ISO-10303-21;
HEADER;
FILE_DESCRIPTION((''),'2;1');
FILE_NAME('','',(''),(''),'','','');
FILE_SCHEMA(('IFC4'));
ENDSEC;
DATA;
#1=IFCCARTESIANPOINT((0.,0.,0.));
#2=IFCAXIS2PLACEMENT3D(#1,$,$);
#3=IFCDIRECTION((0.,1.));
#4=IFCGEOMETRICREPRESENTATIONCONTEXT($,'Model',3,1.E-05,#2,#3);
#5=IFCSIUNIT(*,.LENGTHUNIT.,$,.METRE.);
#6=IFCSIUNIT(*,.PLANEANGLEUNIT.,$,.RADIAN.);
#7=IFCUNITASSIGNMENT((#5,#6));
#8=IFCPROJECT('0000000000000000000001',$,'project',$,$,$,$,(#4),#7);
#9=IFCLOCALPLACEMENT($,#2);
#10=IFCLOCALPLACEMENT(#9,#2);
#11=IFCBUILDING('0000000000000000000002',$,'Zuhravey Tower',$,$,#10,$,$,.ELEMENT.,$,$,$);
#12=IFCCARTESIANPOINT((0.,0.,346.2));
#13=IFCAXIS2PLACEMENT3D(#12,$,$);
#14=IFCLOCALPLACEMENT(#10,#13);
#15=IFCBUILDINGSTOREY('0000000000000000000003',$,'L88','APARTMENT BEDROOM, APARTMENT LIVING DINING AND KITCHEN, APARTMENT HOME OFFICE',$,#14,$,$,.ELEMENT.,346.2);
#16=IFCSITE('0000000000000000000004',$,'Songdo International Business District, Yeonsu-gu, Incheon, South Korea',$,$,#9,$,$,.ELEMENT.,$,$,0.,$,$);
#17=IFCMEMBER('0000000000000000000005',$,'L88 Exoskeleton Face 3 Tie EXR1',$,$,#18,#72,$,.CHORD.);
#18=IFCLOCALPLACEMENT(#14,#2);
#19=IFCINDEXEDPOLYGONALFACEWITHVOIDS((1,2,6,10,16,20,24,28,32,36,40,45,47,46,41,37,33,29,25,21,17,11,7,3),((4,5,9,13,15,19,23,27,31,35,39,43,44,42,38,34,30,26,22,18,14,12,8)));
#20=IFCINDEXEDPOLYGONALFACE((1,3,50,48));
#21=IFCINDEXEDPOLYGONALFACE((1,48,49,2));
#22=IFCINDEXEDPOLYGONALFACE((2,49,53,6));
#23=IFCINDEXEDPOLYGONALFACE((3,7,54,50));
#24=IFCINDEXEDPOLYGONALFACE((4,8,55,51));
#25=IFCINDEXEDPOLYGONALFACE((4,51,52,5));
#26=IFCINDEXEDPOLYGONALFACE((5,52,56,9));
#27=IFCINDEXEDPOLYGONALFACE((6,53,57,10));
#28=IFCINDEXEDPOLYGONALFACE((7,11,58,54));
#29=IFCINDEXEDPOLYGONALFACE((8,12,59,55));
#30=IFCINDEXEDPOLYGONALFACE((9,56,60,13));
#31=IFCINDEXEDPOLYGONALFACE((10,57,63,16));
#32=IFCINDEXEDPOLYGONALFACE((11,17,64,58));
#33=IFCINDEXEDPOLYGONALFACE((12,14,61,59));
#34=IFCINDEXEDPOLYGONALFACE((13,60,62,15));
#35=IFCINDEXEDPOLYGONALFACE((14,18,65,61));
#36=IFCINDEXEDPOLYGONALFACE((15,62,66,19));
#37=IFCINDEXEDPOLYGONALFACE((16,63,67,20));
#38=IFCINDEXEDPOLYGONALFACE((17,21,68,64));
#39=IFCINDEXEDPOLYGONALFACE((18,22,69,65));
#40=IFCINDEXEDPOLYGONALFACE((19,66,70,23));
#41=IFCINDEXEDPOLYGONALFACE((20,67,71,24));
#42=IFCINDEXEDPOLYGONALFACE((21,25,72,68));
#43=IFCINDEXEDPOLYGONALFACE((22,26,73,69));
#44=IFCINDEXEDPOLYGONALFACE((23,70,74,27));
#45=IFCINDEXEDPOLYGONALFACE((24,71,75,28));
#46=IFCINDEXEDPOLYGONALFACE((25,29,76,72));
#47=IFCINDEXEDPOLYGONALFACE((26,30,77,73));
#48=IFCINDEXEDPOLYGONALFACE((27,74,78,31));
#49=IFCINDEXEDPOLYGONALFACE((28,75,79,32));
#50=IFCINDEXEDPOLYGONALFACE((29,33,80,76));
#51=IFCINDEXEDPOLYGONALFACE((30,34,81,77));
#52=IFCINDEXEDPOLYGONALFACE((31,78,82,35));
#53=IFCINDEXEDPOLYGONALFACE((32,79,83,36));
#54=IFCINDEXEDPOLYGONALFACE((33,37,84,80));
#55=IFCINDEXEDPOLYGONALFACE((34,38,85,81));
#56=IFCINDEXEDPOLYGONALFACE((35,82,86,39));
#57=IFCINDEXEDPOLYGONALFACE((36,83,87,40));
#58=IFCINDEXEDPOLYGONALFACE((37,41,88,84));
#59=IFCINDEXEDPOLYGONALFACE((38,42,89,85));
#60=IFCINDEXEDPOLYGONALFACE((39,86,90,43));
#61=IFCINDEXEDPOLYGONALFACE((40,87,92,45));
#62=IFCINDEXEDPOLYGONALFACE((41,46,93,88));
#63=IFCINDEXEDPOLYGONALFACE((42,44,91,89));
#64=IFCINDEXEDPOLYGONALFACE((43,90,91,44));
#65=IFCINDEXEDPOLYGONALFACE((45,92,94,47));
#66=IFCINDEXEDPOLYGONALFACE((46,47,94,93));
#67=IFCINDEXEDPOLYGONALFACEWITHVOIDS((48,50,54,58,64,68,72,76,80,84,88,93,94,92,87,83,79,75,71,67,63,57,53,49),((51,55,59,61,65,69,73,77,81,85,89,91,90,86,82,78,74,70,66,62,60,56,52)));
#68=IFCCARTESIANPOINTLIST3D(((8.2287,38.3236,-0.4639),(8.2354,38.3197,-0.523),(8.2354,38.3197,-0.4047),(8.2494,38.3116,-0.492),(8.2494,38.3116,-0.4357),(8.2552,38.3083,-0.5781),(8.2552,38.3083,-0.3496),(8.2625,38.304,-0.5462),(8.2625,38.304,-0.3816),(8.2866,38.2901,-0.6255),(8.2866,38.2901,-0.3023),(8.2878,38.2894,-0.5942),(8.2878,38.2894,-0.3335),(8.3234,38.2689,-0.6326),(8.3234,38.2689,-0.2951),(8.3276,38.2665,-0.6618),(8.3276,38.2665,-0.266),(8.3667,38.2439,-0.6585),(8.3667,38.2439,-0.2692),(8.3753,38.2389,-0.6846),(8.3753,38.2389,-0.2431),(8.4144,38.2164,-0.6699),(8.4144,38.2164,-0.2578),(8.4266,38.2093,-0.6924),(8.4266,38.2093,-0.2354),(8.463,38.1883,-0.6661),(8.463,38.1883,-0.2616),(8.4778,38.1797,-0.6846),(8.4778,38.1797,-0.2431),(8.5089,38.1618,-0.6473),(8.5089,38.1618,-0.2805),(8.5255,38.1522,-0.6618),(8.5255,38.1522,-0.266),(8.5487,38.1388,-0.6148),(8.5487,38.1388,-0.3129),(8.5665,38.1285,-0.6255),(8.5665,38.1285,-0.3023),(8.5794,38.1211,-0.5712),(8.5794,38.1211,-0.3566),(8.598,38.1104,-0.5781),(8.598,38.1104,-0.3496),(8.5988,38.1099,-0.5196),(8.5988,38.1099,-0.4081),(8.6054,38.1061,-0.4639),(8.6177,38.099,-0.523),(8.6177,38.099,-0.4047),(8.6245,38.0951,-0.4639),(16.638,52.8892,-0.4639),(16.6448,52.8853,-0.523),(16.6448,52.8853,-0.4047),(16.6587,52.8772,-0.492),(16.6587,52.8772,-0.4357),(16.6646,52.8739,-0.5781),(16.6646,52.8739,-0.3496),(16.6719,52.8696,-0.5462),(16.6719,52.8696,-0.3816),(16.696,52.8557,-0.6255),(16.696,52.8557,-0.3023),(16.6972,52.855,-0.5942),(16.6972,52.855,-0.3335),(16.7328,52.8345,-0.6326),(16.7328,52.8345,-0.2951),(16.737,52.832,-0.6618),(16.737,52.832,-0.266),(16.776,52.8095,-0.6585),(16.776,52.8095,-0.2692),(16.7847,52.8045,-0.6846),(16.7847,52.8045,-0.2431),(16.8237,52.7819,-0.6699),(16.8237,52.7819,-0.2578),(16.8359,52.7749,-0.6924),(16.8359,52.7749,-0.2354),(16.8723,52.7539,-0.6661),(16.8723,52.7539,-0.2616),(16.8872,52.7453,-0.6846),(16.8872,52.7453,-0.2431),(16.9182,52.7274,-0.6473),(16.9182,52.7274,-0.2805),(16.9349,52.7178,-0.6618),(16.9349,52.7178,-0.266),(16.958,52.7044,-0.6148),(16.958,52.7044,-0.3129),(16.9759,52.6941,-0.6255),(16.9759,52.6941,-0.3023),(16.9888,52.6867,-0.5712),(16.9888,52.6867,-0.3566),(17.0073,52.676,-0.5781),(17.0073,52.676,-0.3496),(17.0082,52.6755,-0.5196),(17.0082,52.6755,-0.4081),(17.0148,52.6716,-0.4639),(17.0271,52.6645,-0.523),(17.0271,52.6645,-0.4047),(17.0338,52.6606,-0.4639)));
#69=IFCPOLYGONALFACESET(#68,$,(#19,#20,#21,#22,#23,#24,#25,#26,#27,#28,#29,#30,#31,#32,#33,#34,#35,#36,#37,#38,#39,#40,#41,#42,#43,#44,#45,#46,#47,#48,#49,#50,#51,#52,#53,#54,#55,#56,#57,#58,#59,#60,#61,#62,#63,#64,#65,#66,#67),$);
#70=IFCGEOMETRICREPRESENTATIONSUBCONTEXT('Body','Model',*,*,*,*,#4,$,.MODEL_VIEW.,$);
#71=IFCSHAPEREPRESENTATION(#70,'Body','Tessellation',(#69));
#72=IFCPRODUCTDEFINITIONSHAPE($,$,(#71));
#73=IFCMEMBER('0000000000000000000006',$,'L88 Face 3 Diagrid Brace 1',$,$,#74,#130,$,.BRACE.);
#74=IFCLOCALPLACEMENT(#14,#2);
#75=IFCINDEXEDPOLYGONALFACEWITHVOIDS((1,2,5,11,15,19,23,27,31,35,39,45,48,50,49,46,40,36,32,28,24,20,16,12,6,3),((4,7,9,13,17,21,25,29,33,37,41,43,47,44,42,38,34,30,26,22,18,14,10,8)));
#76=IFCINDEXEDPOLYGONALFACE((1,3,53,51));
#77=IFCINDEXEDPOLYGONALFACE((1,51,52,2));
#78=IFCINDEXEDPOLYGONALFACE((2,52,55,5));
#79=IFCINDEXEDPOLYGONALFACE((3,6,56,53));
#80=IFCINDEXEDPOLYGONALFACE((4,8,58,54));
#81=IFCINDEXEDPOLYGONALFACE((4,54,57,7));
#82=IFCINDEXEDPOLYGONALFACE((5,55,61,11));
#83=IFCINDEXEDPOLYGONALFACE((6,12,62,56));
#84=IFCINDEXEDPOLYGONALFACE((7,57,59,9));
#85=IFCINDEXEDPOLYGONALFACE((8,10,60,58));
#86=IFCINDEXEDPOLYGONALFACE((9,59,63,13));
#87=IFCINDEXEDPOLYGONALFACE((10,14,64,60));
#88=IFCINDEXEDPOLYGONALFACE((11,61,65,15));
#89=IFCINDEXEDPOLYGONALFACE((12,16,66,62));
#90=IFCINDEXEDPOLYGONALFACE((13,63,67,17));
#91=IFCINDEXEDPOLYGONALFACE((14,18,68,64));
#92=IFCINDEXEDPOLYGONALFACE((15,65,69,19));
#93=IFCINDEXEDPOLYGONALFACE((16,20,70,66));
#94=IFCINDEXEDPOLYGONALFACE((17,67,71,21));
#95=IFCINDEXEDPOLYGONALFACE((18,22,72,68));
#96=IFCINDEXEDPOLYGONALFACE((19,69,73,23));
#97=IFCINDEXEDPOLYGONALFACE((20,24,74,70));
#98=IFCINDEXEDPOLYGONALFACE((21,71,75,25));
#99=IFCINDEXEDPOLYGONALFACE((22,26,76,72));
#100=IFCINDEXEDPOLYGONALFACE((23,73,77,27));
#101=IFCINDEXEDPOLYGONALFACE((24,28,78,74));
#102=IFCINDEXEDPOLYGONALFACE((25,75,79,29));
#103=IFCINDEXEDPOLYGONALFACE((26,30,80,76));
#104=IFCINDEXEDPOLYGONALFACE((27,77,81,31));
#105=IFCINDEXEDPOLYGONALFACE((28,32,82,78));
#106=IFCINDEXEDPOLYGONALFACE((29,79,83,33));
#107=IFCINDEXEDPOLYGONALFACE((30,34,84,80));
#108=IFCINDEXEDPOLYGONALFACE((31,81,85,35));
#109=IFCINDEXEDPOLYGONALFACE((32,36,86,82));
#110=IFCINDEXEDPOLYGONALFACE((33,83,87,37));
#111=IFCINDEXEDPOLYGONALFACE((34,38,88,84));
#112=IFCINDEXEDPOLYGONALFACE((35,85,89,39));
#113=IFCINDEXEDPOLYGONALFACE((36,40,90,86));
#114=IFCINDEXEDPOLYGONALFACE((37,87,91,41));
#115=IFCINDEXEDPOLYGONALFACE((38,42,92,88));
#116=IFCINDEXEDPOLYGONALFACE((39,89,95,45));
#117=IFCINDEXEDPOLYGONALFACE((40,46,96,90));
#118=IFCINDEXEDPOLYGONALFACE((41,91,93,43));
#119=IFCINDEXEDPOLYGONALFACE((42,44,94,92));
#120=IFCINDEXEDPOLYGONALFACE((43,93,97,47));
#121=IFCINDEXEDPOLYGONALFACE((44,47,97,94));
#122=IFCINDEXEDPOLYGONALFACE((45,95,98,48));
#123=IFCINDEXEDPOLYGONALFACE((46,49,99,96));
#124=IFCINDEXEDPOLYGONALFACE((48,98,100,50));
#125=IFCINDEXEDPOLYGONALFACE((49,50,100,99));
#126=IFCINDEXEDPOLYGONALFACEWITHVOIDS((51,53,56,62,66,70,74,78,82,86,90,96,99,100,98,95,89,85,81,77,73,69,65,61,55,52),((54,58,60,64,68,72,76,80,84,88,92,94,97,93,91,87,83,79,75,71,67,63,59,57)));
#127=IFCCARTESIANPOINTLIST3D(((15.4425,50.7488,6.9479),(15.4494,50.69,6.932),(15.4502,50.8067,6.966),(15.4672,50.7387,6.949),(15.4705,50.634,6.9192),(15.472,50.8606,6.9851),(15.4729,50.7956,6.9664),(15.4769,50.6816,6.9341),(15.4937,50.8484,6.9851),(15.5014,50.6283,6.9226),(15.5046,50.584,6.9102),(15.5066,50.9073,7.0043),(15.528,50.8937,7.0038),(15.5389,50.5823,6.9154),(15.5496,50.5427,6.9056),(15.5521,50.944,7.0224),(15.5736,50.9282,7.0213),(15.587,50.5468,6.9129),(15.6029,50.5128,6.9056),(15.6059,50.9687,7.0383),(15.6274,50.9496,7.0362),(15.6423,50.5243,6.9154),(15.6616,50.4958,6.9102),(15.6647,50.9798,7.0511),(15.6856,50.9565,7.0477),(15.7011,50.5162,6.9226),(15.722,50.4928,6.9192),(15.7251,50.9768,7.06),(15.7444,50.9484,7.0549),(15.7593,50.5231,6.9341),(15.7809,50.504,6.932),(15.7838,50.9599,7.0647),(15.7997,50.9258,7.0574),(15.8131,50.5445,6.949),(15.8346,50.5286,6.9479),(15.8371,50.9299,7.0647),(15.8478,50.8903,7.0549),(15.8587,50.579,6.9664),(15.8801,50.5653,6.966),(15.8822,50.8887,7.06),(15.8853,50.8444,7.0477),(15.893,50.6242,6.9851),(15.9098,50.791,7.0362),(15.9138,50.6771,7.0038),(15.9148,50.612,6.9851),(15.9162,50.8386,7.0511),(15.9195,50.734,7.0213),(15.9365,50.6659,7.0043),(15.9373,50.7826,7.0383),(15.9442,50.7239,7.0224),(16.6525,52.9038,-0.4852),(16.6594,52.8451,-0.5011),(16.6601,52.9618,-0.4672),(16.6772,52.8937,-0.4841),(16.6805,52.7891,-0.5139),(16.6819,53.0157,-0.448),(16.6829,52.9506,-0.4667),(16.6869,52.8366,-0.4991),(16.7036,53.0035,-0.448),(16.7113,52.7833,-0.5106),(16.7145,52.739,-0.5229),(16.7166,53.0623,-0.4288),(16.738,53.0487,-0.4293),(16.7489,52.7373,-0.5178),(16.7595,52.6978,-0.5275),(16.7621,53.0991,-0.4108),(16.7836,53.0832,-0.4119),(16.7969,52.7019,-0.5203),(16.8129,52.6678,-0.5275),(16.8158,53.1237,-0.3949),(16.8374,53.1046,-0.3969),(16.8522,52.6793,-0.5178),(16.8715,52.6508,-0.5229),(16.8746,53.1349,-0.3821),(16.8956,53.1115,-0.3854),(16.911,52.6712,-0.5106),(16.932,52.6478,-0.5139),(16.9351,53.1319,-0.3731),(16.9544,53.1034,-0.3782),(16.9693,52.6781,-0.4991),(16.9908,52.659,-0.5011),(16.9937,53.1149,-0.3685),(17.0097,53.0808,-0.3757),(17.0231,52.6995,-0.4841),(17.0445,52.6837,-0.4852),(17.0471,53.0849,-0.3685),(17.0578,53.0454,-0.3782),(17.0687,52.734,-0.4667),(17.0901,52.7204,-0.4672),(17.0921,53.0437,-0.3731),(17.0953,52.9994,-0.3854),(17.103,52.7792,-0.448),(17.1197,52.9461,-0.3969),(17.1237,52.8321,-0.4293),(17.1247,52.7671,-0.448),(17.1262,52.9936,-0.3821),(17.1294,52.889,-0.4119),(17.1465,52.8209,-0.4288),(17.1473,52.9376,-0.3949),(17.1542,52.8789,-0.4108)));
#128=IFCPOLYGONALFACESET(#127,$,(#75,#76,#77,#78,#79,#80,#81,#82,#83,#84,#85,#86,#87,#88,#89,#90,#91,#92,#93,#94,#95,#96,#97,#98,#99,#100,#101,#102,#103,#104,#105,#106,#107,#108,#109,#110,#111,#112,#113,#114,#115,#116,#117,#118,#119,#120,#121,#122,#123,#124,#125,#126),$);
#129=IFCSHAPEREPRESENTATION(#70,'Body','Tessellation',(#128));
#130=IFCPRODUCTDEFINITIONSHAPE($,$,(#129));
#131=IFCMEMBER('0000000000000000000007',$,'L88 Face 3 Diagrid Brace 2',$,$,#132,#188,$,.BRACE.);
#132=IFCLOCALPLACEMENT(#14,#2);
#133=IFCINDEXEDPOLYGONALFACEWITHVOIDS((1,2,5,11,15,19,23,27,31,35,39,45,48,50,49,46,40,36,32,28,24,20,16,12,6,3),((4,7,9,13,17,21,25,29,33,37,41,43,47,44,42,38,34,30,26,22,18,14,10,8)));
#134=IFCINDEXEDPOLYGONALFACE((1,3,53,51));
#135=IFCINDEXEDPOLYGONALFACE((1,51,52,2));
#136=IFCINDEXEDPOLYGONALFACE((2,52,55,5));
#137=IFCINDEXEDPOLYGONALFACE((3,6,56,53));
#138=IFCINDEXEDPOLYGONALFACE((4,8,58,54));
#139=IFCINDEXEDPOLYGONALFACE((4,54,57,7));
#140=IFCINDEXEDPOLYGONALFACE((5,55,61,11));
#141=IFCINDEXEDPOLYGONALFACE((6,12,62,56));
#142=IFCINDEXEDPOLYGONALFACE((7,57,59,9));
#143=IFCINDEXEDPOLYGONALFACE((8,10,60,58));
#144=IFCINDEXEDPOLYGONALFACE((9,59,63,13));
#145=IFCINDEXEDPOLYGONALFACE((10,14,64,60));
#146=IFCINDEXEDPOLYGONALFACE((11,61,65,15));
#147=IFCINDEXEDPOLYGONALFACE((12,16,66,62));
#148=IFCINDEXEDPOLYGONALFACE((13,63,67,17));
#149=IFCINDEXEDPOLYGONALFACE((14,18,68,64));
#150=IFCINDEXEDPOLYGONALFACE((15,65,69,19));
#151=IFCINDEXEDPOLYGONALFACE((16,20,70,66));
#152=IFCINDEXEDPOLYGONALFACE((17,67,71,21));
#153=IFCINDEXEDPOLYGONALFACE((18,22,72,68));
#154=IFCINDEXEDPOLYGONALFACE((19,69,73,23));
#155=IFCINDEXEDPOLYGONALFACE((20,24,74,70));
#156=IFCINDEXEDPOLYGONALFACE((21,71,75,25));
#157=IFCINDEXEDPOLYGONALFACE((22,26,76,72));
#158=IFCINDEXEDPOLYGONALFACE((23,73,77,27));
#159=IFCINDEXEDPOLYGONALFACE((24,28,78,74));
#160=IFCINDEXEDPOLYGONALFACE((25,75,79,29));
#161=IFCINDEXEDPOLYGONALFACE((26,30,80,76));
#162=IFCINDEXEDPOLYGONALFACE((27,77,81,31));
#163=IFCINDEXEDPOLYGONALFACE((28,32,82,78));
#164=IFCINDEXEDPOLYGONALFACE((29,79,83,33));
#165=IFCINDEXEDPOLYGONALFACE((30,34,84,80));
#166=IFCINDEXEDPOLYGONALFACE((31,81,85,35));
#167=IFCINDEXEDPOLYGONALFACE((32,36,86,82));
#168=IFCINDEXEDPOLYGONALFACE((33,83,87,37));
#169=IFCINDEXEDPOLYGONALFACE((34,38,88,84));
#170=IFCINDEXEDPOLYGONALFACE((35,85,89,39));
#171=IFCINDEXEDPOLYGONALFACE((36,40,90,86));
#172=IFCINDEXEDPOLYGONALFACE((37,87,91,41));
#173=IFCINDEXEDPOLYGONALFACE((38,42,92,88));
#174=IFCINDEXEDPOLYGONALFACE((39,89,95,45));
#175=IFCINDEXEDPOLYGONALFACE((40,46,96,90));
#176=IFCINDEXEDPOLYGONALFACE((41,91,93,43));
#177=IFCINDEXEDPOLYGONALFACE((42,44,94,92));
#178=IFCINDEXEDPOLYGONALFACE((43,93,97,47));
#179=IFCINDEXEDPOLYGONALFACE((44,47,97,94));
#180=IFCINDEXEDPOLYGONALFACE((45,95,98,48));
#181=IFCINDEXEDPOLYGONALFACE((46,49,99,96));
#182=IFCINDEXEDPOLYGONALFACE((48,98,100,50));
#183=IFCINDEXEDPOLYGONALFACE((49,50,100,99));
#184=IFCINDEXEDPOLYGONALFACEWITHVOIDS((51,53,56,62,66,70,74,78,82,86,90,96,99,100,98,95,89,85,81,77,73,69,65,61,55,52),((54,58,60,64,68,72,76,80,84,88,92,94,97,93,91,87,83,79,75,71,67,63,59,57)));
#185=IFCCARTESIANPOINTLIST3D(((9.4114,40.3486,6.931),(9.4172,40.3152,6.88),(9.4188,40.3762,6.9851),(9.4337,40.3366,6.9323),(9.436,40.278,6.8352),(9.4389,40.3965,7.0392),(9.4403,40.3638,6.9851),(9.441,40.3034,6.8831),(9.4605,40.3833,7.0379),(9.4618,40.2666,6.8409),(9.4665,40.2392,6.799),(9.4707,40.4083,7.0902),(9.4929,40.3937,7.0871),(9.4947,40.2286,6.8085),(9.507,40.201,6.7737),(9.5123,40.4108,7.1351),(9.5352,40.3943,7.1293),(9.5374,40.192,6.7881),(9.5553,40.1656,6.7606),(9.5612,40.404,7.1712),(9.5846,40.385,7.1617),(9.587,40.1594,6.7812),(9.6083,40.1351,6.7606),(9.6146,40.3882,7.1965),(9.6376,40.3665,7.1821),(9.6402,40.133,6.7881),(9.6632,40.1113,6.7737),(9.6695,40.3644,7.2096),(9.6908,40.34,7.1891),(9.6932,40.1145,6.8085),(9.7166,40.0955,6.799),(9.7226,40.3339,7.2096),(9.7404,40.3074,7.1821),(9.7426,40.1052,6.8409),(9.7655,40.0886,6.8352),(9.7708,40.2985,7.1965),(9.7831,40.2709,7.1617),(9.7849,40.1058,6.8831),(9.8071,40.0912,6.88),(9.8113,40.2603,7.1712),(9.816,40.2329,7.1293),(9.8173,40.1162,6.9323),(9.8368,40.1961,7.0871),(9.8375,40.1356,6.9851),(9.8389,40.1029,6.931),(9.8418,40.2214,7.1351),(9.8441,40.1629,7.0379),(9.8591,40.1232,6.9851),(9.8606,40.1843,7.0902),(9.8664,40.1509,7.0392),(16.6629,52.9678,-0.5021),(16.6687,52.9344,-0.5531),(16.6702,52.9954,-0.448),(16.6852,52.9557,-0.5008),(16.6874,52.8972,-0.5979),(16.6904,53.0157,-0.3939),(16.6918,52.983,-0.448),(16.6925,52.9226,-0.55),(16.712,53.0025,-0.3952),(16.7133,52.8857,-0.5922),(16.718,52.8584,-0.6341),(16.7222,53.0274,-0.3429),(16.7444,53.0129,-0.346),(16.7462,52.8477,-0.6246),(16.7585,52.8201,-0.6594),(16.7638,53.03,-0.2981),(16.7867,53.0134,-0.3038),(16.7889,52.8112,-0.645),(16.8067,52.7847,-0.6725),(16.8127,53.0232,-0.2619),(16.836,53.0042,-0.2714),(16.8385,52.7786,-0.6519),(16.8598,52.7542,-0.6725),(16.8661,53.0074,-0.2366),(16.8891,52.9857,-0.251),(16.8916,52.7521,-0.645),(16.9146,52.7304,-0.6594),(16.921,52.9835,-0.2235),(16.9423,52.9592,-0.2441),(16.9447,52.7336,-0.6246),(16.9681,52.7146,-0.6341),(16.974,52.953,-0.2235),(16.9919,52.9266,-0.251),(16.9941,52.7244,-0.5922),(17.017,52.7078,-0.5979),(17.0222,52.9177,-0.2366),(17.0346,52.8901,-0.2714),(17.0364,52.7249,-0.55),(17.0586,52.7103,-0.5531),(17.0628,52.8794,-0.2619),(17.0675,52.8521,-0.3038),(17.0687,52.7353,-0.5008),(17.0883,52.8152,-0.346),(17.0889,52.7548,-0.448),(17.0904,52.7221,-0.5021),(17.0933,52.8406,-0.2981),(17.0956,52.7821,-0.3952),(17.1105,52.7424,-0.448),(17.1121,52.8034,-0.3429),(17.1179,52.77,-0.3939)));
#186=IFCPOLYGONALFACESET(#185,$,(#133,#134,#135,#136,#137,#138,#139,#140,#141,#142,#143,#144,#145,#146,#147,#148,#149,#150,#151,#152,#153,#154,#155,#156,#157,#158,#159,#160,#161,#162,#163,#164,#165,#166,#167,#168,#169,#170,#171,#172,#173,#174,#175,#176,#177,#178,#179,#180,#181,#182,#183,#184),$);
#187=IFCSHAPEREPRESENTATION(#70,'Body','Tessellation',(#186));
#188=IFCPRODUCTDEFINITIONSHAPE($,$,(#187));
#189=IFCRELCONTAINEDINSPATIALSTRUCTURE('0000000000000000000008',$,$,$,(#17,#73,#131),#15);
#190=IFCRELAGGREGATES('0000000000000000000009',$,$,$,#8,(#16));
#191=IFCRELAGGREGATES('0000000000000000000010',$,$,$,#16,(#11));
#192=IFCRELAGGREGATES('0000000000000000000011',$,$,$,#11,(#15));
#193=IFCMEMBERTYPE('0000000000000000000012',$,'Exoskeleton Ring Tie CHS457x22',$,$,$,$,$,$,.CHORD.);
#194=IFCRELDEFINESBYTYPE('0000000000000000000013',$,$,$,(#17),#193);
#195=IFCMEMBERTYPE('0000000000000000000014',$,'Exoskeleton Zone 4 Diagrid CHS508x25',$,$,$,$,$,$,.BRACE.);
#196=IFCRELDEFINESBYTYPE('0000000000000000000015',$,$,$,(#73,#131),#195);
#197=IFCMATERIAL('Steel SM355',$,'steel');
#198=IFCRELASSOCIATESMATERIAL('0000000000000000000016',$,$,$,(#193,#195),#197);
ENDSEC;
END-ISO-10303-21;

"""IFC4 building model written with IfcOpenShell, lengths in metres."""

from ifc_helpers import new_model, si_unit, direction, frame, origin, origin_2d, place, context, subcontext, project, spatial, hollow_circle, extrude, material, material_profile, profile_set, type_object, element, save


model = new_model("IFC4")

# Units and contexts
model_context = context("Model", 3, precision=1e-05, world=origin(), true_north=direction((0.0, 1.0)))
body_context = subcontext(model_context, "Body", "Model", "MODEL_VIEW")
ifc_project = project(units=[si_unit("LENGTHUNIT", "METRE"), si_unit("PLANEANGLEUNIT", "RADIAN")], contexts=[model_context])

# Site, building, storey
site_placement = place(None, origin())
site = spatial("IfcSite", under=ifc_project, at=site_placement, Name="Songdo International Business District, Yeonsu-gu, Incheon, South Korea", CompositionType="ELEMENT", RefElevation=0.0)
building_placement = place(site_placement, origin())
building = spatial("IfcBuilding", under=site, at=building_placement, Name="Zuhravey Tower", CompositionType="ELEMENT")
storey_placement = place(building_placement, frame((0.0, 0.0, 346.2)))
storey = spatial("IfcBuildingStorey", under=building, at=storey_placement, Name="L88", Description="APARTMENT BEDROOM, APARTMENT LIVING DINING AND KITCHEN, APARTMENT HOME OFFICE", CompositionType="ELEMENT", Elevation=346.2)

# Members
ifc_material_1 = material(Name="Steel SM355", Category="steel")
ifc_material_profile_1 = material_profile(ifc_material_1, hollow_circle(Radius=0.2285, WallThickness=0.022, at=origin_2d()), Name="CHS-457.2x22")
ifc_profile_set_1 = profile_set([ifc_material_profile_1], Name="Steel SM355")
member_type_1 = type_object("IfcMemberType", Name="Exoskeleton Ring Tie CHS457x22", PredefinedType="CHORD", material=ifc_profile_set_1)
member_1_placement = place(storey_placement, frame((16.8359, 52.7749, -0.4639), z_axis=(-0.499997, -0.866027, 0.0), x_axis=(0.866027, -0.499997, 0.0)))
element("IfcMember", 1, at=member_1_placement, inside=storey, type_object=member_type_1, Name="L88 Exoskeleton Face 3 Tie EXR1", PredefinedType="CHORD", context=body_context, shape_type="SweptSolid", body=[
    extrude(hollow_circle(Radius=0.2285, WallThickness=0.022, at=origin_2d()), origin(), (0.0, 0.0, 1.0), 16.8188),
])
ifc_material_profile_2 = material_profile(ifc_material_1, hollow_circle(Radius=0.2539, WallThickness=0.0249, at=origin_2d()), Name="CHS-508.0x25")
ifc_profile_set_2 = profile_set([ifc_material_profile_2], Name="Steel SM355")
member_type_2 = type_object("IfcMemberType", Name="Exoskeleton Zone 4 Diagrid CHS508x25", PredefinedType="BRACE", material=ifc_profile_set_2)
member_2_placement = place(storey_placement, frame((16.9033, 52.8914, -0.448), z_axis=(-0.154465, -0.275114, 0.948922), x_axis=(0.871963, -0.489572, 0.0)))
element("IfcMember", 2, at=member_2_placement, inside=storey, type_object=member_type_2, Name="L88 Face 3 Diagrid Brace 1", PredefinedType="BRACE", context=body_context, shape_type="SweptSolid", body=[
    extrude(hollow_circle(Radius=0.2539, WallThickness=0.0249, at=origin_2d()), origin(), (0.0, 0.0, 1.0), 7.8333),
])
member_3_placement = place(storey_placement, frame((16.8904, 52.8689, -0.448), z_axis=(-0.443718, -0.772167, 0.454833), x_axis=(0.867041, -0.498237, 0.0)))
element("IfcMember", 3, at=member_3_placement, inside=storey, type_object=member_type_2, Name="L88 Face 3 Diagrid Brace 2", PredefinedType="BRACE", context=body_context, shape_type="SweptSolid", body=[
    extrude(hollow_circle(Radius=0.2539, WallThickness=0.0249, at=origin_2d()), origin(), (0.0, 0.0, 1.0), 16.3425),
])

save(model, "model.ifc")
